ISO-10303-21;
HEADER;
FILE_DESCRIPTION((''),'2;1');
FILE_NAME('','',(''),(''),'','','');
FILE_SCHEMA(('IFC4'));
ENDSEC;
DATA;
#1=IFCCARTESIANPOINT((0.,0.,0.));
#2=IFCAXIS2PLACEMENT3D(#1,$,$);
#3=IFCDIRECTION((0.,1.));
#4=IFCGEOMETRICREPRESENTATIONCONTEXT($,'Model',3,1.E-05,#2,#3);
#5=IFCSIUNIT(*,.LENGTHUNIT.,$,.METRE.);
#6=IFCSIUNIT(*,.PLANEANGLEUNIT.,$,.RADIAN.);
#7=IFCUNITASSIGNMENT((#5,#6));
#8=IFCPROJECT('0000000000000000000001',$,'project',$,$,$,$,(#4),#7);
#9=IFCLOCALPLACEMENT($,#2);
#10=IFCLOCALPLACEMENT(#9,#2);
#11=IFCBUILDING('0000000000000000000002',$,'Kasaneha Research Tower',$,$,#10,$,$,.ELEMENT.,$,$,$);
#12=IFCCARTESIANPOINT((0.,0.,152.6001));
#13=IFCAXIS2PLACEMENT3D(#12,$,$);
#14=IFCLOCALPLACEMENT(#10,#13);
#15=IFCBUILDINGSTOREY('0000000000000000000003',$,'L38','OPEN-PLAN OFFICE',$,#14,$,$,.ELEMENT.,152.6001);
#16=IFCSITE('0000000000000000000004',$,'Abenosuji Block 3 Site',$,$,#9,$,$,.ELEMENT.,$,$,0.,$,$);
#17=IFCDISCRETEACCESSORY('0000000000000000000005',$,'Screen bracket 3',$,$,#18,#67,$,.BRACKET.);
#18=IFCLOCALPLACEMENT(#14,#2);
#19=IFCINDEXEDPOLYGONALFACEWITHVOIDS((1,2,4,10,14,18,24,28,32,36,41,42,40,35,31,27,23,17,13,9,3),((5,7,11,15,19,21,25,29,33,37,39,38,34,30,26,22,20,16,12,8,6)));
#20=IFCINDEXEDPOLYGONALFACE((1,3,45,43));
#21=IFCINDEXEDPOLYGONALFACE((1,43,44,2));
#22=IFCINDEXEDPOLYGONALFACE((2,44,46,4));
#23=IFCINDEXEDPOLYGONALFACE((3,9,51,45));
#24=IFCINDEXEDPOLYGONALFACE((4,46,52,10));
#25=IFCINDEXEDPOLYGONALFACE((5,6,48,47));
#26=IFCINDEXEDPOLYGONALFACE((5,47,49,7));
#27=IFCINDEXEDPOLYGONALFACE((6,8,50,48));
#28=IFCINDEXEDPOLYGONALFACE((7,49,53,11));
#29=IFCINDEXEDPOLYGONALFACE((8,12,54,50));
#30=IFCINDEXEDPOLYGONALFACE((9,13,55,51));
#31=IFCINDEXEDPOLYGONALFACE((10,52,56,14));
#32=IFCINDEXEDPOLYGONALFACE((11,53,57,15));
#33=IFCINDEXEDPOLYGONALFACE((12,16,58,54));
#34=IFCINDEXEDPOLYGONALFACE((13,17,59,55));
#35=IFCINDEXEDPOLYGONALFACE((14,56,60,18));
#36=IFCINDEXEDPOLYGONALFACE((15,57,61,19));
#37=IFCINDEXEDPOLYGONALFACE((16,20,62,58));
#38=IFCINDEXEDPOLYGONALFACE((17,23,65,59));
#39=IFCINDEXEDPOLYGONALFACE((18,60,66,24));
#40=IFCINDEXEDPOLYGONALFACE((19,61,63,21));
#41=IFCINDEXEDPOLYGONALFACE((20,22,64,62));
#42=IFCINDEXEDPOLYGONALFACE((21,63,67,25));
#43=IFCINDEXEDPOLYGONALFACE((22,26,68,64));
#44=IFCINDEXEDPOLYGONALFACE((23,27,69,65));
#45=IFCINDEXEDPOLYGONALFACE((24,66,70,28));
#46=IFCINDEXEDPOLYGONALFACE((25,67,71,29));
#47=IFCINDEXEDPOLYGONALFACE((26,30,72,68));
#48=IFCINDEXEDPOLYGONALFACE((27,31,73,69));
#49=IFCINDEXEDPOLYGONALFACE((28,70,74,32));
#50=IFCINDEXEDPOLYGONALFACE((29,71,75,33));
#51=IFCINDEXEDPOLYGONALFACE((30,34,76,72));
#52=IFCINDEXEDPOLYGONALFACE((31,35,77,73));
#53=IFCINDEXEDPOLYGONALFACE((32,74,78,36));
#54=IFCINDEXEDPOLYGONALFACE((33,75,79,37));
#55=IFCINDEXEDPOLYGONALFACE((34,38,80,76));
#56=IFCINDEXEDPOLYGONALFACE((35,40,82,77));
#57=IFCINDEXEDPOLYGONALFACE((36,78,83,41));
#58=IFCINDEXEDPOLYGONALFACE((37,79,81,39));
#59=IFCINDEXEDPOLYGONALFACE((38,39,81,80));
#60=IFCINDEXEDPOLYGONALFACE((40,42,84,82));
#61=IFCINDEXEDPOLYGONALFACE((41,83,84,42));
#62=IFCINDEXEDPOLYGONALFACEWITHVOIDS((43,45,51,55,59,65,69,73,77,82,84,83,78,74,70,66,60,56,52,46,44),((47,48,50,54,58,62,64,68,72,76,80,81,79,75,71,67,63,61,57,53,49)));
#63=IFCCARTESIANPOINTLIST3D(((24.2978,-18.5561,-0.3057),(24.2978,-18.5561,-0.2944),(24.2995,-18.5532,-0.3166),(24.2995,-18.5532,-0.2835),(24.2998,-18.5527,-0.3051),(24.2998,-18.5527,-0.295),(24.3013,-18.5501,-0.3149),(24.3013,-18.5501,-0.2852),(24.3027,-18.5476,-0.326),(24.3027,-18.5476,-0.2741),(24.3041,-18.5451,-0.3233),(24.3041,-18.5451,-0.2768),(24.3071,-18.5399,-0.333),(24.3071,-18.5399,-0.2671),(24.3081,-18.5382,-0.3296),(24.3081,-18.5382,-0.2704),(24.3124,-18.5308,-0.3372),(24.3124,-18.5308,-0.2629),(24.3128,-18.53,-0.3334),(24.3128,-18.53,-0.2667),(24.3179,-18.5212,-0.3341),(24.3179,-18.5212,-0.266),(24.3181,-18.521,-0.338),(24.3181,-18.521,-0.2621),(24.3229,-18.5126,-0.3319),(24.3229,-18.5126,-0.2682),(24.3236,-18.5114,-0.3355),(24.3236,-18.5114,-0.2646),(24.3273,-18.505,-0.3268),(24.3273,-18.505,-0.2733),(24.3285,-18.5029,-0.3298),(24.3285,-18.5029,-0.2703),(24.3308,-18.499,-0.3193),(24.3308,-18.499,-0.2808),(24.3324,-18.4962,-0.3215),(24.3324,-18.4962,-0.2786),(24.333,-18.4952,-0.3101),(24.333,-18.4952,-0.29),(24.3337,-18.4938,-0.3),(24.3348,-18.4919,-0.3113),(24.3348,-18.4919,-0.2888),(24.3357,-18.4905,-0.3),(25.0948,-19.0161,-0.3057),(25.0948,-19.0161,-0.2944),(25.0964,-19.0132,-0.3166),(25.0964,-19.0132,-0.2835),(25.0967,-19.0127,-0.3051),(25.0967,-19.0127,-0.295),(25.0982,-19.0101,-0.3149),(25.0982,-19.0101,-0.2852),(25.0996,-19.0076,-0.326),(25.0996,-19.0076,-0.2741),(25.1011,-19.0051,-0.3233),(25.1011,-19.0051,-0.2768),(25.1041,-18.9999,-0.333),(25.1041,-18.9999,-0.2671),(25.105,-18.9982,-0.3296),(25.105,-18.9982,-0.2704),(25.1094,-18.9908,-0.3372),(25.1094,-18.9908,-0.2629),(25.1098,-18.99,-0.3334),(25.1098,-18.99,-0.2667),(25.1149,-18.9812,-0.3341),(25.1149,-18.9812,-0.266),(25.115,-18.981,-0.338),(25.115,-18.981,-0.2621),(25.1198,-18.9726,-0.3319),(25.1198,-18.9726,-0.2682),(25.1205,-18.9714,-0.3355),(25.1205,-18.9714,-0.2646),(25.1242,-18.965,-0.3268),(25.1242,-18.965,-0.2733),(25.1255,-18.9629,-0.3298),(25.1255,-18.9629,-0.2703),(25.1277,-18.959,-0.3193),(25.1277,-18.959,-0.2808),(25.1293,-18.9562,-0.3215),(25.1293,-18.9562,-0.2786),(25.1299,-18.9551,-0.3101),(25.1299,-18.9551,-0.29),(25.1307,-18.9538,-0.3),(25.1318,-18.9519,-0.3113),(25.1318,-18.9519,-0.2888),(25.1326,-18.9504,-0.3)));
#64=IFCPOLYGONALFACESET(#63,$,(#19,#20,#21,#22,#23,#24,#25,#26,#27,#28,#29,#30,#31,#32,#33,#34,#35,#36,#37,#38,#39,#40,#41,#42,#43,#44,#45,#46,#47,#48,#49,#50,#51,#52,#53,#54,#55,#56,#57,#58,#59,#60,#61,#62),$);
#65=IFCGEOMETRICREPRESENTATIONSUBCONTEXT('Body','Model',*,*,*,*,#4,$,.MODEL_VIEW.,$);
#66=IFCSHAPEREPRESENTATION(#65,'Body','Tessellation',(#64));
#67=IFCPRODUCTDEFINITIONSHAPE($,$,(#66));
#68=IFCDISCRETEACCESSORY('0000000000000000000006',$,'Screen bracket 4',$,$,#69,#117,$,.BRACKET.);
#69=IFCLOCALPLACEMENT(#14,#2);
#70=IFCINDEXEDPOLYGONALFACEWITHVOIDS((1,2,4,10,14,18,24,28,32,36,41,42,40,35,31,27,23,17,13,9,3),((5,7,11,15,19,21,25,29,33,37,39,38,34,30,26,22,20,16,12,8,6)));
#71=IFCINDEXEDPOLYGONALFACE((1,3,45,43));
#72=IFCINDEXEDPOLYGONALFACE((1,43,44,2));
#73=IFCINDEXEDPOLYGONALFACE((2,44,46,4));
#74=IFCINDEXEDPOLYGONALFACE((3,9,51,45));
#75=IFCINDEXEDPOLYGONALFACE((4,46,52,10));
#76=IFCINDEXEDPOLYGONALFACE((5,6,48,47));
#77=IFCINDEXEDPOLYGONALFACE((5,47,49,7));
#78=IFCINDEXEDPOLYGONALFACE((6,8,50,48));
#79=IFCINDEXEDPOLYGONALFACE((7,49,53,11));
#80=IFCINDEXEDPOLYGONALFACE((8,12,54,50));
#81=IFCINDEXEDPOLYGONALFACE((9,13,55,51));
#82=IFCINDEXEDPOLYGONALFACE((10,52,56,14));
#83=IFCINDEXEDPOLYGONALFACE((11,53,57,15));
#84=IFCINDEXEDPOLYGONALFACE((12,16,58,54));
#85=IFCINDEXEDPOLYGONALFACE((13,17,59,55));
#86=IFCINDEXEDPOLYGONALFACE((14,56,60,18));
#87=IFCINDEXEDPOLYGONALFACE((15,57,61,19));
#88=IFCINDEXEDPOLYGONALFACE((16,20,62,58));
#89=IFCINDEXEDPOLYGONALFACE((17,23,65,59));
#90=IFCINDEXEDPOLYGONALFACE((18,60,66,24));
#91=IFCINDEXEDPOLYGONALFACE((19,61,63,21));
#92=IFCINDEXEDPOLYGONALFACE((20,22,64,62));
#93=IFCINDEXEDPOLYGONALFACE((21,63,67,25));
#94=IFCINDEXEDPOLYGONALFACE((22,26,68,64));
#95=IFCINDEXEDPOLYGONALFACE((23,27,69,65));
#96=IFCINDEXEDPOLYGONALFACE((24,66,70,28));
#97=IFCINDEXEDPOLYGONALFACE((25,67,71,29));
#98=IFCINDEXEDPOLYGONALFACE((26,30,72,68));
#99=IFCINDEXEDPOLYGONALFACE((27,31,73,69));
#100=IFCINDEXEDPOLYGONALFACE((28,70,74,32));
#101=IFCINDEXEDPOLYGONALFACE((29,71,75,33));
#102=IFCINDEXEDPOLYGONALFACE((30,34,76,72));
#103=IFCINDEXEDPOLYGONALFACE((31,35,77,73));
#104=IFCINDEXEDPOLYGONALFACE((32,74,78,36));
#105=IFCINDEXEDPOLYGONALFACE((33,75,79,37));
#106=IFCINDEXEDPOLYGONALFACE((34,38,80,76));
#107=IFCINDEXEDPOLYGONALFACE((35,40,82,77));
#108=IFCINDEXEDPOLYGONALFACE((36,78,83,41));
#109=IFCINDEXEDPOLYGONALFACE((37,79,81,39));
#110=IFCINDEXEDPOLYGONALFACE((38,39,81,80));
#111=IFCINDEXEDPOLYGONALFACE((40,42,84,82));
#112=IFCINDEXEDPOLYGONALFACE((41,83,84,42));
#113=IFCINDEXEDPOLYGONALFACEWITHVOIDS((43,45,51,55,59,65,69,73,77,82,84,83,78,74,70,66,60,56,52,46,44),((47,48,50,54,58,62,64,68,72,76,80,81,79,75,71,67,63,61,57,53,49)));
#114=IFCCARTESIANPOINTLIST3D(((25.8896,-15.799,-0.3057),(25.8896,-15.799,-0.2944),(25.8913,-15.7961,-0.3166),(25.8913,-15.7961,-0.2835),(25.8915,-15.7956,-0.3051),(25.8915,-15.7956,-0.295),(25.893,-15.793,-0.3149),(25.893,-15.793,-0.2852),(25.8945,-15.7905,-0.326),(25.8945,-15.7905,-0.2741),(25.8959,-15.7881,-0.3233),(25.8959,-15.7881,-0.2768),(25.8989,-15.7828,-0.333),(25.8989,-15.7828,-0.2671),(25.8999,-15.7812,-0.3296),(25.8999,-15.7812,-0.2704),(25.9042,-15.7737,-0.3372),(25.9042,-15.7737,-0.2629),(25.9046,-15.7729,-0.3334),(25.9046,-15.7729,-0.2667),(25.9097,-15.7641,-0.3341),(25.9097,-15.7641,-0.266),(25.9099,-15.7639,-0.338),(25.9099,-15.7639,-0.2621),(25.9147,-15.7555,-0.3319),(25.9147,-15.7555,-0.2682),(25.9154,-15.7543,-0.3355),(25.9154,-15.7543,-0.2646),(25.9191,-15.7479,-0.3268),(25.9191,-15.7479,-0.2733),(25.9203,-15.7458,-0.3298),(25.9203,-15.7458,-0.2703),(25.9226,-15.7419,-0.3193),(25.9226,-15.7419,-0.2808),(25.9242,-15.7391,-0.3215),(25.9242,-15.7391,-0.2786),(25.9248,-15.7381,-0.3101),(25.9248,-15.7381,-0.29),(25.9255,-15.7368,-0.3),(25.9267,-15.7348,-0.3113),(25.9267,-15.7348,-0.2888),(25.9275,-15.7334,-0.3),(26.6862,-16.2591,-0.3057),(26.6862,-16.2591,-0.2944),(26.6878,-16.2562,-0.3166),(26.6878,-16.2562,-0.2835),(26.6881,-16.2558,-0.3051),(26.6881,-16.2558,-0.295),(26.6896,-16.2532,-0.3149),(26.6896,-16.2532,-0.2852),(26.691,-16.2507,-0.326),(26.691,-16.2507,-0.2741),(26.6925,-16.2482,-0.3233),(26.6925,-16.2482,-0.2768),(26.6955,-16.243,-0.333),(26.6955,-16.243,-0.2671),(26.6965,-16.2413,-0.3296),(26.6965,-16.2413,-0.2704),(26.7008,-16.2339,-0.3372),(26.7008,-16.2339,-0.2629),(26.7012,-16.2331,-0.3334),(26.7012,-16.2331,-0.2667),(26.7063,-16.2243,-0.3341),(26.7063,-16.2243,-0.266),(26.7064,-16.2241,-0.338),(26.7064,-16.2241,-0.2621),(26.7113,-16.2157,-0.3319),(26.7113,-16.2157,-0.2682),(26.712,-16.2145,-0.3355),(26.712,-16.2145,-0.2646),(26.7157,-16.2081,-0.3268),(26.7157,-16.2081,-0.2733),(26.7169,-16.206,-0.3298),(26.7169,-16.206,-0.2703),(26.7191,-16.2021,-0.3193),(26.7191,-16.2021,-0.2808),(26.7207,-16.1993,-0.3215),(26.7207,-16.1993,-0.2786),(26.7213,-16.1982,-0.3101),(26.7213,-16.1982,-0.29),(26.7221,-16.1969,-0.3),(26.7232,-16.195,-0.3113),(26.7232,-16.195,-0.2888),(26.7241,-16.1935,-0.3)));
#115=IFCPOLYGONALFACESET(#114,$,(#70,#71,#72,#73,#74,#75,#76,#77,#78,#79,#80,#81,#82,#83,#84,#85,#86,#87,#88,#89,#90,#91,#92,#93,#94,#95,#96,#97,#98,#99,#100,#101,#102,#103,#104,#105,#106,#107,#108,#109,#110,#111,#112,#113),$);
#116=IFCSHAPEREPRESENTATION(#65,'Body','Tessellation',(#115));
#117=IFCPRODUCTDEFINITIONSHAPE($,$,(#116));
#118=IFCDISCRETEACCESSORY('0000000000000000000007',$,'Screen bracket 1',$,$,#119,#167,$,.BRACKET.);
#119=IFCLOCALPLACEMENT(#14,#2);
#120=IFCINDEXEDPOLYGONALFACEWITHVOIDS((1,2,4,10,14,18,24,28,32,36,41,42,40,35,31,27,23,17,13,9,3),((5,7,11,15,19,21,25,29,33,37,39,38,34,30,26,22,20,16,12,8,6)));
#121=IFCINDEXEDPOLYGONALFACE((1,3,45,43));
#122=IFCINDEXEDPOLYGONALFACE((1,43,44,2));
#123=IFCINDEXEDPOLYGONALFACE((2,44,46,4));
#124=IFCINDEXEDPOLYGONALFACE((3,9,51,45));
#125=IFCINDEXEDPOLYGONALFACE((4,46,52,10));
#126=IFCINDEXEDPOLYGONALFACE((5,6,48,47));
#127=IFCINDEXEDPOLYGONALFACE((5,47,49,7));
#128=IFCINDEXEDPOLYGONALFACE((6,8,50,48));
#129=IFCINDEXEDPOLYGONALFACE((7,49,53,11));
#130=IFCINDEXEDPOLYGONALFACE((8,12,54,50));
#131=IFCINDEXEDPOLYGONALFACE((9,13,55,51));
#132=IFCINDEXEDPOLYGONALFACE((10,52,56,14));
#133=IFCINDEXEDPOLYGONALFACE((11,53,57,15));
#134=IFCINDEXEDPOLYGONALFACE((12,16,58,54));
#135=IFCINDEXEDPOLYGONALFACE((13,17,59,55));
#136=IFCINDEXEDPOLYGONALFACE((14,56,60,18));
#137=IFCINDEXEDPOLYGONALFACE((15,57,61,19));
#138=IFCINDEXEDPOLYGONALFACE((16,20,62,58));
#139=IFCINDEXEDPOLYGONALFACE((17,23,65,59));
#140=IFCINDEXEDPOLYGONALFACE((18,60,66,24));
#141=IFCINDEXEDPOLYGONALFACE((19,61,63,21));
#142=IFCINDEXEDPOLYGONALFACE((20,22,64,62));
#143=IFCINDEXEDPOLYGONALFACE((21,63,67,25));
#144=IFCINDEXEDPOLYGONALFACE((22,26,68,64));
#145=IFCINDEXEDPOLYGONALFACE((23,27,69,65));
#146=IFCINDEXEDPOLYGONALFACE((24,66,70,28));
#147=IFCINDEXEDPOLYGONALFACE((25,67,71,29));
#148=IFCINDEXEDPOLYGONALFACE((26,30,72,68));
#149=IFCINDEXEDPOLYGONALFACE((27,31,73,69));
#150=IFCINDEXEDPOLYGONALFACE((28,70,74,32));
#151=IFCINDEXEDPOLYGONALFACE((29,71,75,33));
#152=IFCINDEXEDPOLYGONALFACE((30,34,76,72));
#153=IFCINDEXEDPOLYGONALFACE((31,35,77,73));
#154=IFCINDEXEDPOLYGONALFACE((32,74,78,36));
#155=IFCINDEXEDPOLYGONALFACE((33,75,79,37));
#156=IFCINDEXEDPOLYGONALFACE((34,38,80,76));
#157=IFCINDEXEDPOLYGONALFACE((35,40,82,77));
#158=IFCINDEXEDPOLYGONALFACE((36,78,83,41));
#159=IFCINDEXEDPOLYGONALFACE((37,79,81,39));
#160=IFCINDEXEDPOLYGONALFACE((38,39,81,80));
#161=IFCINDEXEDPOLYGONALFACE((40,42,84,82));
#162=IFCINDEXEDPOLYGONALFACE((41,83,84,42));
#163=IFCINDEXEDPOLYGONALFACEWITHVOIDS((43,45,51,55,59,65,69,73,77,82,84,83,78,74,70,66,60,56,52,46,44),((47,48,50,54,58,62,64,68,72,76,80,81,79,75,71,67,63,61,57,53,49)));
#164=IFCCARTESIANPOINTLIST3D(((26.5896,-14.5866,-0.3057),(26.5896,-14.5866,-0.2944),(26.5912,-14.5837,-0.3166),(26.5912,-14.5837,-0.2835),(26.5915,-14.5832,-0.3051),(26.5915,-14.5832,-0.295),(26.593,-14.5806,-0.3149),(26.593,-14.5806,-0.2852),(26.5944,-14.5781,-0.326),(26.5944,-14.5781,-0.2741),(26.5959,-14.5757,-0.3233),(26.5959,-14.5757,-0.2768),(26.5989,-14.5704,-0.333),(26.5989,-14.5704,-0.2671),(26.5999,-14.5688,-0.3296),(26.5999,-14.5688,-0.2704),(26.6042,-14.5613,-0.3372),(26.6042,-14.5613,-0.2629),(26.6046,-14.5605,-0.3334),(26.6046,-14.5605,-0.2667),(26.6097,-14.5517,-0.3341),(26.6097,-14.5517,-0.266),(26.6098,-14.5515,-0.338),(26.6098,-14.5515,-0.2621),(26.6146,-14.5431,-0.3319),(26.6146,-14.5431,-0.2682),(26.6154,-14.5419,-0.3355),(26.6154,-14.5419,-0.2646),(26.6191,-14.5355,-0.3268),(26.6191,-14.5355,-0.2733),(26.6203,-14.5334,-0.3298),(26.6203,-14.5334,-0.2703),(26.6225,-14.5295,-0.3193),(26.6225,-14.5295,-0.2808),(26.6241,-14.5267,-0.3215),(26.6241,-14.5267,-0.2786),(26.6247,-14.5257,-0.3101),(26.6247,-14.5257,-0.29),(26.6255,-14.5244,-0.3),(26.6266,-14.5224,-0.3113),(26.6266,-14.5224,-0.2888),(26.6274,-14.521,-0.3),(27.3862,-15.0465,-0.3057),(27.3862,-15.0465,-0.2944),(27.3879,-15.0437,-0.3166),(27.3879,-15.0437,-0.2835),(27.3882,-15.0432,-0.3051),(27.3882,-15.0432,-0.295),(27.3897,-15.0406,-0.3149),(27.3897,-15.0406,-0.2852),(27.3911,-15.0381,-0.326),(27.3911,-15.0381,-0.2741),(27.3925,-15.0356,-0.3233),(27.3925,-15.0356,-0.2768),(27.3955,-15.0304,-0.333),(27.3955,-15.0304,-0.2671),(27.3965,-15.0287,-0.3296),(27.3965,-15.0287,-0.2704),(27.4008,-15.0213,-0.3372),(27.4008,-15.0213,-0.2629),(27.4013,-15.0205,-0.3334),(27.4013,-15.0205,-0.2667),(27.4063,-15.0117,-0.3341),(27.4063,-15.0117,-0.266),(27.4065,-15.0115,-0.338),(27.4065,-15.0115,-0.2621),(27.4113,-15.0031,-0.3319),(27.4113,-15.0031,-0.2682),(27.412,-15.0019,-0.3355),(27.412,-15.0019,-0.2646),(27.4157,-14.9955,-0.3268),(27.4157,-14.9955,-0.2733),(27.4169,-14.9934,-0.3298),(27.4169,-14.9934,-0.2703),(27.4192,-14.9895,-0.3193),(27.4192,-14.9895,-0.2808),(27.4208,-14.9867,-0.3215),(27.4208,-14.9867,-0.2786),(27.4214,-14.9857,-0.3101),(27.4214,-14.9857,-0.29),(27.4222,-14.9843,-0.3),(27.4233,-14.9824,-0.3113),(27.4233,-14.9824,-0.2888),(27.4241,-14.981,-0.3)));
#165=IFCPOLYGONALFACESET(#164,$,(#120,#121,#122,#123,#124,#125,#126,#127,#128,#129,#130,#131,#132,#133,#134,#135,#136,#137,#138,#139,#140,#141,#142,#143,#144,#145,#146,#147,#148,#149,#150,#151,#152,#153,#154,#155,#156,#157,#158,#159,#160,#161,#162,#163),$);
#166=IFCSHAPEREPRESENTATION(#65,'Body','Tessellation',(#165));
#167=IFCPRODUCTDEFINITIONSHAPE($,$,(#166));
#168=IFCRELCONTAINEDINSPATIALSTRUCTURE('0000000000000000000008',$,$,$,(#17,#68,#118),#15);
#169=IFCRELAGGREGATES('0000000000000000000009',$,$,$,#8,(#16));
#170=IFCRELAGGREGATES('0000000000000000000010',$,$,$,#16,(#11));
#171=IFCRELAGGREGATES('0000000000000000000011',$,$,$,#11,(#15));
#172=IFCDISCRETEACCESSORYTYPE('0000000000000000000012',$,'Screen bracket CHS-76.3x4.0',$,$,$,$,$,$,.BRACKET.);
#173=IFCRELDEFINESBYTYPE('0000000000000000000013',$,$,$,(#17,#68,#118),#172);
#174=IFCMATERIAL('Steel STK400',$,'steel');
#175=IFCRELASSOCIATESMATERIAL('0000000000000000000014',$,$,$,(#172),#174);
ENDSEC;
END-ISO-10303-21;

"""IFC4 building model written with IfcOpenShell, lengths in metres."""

from ifc_helpers import new_model, si_unit, direction, frame, origin, origin_2d, place, context, subcontext, project, spatial, hollow_circle, extrude, material, material_profile, profile_set, type_object, element, save


model = new_model("IFC4")

# Units and contexts
model_context = context("Model", 3, precision=1e-05, world=origin(), true_north=direction((0.0, 1.0)))
body_context = subcontext(model_context, "Body", "Model", "MODEL_VIEW")
ifc_project = project(units=[si_unit("LENGTHUNIT", "METRE"), si_unit("PLANEANGLEUNIT", "RADIAN")], contexts=[model_context])

# Site, building, storey
site_placement = place(None, origin())
site = spatial("IfcSite", under=ifc_project, at=site_placement, Name="Abenosuji Block 3 Site", CompositionType="ELEMENT", RefElevation=0.0)
building_placement = place(site_placement, origin())
building = spatial("IfcBuilding", under=site, at=building_placement, Name="Kasaneha Research Tower", CompositionType="ELEMENT")
storey_placement = place(building_placement, frame((0.0, 0.0, 152.6001)))
storey = spatial("IfcBuildingStorey", under=building, at=storey_placement, Name="L38", Description="OPEN-PLAN OFFICE", CompositionType="ELEMENT", Elevation=152.6001)

# Discrete accessories
ifc_material_1 = material(Name="Steel STK400", Category="steel")
ifc_material_profile_1 = material_profile(ifc_material_1, hollow_circle(Radius=0.0381, WallThickness=0.0039, at=origin_2d()), Name="CHS-76.3x4.0")
ifc_profile_set_1 = profile_set([ifc_material_profile_1], Name="Steel STK400")
discrete_accessory_type = type_object("IfcDiscreteAccessoryType", Name="Screen bracket CHS-76.3x4.0", PredefinedType="BRACKET", material=ifc_profile_set_1)
discrete_accessory_1_placement = place(storey_placement, frame((24.3167, -18.5234, -0.3), z_axis=(0.86608, -0.499906, 0.0), x_axis=(0.499906, 0.86608, 0.0)))
element("IfcDiscreteAccessory", 1, at=discrete_accessory_1_placement, inside=storey, type_object=discrete_accessory_type, Name="Screen bracket 3", PredefinedType="BRACKET", context=body_context, shape_type="SweptSolid", body=[
    extrude(hollow_circle(Radius=0.0381, WallThickness=0.0039, at=origin_2d()), origin(), (0.0, 0.0, 1.0), 0.9202),
])
for number, where, z_axis, x_axis, name in (
    (2, (25.9084, -15.7664, -0.3), (0.865898, -0.50022, 0.0), (0.50022, 0.865898, 0.0), "Screen bracket 4"),
    (3, (26.6084, -14.554, -0.3), (0.866013, -0.500021, 0.0), (0.500021, 0.866013, 0.0), "Screen bracket 1"),
):
    element("IfcDiscreteAccessory", number, at=place(storey_placement, frame(where, z_axis=z_axis, x_axis=x_axis)), inside=storey, type_object=discrete_accessory_type, Name=name, PredefinedType="BRACKET", context=body_context, shape_type="SweptSolid", body=[
        extrude(hollow_circle(Radius=0.0381, WallThickness=0.0039, at=origin_2d()), origin(), (0.0, 0.0, 1.0), 0.9199),
    ])

save(model, "model.ifc")
